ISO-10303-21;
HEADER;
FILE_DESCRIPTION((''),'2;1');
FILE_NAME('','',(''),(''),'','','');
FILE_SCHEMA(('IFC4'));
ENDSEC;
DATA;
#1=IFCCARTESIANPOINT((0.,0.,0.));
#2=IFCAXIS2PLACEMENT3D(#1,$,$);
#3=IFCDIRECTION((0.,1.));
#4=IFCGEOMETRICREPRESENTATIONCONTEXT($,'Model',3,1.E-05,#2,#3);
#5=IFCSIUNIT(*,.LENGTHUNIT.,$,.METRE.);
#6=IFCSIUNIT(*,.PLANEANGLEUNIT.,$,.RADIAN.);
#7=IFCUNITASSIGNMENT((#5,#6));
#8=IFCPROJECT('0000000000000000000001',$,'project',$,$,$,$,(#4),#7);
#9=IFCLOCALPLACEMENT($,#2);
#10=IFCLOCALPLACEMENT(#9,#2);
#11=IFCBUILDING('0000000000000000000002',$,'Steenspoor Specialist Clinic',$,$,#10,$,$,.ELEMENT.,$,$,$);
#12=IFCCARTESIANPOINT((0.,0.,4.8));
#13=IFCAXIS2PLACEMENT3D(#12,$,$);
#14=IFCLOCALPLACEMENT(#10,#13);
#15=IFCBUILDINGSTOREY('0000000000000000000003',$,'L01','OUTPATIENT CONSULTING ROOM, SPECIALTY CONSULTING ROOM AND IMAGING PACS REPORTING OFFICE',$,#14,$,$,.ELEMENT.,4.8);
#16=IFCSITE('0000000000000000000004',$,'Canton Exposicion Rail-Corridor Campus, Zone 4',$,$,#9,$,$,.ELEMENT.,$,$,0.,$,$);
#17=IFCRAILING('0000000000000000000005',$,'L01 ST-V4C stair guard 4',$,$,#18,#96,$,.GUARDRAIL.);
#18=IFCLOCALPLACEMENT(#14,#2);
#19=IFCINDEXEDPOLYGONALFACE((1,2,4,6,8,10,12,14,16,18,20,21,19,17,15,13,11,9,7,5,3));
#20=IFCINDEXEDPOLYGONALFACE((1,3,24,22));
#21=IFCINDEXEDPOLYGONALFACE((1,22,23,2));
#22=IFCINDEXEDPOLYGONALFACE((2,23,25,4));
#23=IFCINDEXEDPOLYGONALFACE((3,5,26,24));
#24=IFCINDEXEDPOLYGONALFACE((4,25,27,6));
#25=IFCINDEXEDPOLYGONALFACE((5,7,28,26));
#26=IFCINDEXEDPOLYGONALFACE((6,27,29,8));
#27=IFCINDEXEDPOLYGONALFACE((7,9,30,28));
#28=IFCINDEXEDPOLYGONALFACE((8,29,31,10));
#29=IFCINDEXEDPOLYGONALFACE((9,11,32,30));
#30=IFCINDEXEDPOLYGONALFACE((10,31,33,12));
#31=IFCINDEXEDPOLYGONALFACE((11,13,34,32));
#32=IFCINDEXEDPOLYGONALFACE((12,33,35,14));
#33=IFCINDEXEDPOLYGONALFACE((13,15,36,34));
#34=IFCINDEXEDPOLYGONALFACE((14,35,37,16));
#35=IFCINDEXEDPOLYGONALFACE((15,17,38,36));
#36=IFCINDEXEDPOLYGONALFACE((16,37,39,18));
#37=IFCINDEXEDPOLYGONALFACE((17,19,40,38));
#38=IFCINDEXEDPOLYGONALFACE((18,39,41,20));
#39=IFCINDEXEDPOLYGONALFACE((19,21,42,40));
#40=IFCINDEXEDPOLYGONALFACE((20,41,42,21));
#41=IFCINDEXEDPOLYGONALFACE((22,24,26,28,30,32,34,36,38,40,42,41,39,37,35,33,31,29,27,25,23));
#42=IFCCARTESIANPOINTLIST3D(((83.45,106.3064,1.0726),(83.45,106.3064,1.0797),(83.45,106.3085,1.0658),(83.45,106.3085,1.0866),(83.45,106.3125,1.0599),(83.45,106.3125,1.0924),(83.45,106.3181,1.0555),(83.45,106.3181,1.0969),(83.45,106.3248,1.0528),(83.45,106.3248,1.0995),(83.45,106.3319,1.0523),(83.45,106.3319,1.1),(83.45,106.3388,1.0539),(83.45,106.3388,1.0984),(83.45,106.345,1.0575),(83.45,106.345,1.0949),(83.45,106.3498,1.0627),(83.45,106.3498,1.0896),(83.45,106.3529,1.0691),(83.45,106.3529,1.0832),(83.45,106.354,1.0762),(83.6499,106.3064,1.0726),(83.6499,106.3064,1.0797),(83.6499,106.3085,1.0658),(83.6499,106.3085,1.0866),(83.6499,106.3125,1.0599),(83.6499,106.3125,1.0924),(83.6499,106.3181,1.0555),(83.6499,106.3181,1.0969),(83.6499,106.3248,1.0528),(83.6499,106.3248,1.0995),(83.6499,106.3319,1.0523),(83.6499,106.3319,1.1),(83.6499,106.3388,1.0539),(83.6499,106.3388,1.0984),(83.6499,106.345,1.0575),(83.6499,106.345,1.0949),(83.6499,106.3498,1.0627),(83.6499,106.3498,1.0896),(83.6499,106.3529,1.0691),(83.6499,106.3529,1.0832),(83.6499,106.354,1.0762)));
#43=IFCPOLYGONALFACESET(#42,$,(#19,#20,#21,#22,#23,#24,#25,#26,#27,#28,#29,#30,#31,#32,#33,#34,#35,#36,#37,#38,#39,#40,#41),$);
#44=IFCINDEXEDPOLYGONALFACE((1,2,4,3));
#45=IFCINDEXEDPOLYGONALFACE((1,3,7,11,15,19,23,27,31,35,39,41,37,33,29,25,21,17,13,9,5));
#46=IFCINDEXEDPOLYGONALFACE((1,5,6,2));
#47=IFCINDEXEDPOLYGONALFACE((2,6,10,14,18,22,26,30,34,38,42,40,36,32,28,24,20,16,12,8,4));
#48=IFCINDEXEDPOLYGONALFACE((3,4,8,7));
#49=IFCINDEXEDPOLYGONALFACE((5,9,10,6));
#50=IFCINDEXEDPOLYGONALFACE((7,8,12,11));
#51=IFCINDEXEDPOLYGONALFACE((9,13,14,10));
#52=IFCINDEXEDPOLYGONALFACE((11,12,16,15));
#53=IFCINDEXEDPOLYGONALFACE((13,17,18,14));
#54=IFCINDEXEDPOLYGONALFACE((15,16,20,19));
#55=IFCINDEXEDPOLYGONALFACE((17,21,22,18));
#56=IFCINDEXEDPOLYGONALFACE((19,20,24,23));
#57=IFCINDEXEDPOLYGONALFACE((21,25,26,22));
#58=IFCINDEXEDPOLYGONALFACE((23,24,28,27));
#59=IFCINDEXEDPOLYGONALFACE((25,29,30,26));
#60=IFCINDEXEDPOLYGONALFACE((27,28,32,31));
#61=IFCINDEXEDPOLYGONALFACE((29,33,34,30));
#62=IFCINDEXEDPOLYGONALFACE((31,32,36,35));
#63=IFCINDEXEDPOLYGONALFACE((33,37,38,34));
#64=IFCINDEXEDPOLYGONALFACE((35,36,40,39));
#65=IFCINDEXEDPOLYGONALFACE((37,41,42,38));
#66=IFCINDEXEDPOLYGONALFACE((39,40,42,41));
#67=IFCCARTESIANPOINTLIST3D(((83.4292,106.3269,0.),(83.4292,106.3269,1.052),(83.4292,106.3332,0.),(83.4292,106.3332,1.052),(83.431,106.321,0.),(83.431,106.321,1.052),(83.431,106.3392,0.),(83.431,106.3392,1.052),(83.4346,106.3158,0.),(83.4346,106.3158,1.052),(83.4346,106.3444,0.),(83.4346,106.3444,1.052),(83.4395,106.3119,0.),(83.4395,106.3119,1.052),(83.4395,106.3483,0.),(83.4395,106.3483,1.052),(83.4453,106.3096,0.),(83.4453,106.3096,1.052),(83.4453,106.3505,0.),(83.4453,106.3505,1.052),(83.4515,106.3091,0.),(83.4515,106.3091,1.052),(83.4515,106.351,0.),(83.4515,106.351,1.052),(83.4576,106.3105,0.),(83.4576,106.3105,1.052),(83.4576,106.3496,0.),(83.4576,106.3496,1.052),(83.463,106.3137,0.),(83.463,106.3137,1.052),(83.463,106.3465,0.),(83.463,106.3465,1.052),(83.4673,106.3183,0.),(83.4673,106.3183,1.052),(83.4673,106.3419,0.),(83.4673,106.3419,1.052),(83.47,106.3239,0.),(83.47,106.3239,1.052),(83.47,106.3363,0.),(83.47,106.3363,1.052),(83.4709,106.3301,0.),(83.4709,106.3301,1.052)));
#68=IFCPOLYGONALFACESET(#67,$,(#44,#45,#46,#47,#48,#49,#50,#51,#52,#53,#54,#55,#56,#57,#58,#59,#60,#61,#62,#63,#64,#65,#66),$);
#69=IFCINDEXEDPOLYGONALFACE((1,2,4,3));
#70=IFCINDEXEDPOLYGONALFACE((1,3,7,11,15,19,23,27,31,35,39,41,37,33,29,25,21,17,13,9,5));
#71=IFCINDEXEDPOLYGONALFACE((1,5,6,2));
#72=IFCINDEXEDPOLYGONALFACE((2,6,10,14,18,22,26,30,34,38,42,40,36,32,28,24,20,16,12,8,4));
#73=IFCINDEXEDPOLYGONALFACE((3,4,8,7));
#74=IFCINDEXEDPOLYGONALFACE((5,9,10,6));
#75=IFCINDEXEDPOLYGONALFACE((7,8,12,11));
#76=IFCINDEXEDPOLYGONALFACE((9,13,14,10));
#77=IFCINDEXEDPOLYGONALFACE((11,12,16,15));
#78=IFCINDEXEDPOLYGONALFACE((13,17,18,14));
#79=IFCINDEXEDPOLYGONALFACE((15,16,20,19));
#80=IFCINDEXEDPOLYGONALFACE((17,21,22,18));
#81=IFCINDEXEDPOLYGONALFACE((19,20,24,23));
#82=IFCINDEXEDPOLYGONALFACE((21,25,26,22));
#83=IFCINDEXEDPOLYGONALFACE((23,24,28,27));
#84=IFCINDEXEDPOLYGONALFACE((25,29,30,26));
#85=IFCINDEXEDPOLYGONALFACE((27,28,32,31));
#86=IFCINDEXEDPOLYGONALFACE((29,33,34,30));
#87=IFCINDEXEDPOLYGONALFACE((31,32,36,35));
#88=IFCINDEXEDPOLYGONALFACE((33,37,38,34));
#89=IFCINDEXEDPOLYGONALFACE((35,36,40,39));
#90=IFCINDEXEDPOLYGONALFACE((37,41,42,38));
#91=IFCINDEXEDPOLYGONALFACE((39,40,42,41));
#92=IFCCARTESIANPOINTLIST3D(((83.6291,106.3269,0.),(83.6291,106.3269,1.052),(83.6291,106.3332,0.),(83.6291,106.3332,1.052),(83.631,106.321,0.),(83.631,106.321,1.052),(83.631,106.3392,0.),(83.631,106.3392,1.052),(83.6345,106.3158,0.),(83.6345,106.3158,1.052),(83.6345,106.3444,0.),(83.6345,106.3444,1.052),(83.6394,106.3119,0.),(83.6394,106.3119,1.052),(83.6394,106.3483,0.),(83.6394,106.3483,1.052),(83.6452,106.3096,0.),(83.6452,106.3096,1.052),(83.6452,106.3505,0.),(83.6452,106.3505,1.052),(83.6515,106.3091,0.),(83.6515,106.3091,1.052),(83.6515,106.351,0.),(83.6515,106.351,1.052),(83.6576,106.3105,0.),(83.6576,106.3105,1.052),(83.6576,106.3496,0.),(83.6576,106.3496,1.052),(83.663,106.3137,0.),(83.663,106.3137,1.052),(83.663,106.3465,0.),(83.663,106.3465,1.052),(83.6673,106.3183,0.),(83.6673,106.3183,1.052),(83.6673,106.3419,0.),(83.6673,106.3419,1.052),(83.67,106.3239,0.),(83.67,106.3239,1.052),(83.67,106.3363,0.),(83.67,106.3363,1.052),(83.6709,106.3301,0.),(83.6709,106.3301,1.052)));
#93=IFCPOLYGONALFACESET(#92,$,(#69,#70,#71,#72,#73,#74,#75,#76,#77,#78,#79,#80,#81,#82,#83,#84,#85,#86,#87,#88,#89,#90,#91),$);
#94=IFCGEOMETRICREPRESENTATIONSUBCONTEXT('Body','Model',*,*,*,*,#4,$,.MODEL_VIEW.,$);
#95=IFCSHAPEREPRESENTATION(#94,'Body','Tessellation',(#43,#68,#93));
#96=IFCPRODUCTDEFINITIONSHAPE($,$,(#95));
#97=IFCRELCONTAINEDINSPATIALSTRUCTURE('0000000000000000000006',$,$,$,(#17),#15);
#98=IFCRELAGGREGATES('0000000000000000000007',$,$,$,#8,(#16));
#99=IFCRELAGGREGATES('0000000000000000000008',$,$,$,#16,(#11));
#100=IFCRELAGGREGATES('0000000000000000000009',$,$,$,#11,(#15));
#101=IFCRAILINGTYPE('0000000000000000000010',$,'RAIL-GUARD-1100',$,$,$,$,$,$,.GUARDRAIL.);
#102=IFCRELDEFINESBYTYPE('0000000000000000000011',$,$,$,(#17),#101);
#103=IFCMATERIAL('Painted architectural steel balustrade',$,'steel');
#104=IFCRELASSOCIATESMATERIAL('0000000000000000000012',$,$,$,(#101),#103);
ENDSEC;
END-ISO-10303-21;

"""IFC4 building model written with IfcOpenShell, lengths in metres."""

from ifc_helpers import new_model, si_unit, direction, frame, origin, origin_2d, place, context, subcontext, project, spatial, circle, extrude, material, type_object, element, save


model = new_model("IFC4")

# Units and contexts
model_context = context("Model", 3, precision=1e-05, world=origin(), true_north=direction((0.0, 1.0)))
body_context = subcontext(model_context, "Body", "Model", "MODEL_VIEW")
ifc_project = project(units=[si_unit("LENGTHUNIT", "METRE"), si_unit("PLANEANGLEUNIT", "RADIAN")], contexts=[model_context])

# Site, building, storey
site_placement = place(None, origin())
site = spatial("IfcSite", under=ifc_project, at=site_placement, Name="Canton Exposicion Rail-Corridor Campus, Zone 4", CompositionType="ELEMENT", RefElevation=0.0)
building_placement = place(site_placement, origin())
building = spatial("IfcBuilding", under=site, at=building_placement, Name="Steenspoor Specialist Clinic", CompositionType="ELEMENT")
storey_placement = place(building_placement, frame((0.0, 0.0, 4.8)))
storey = spatial("IfcBuildingStorey", under=building, at=storey_placement, Name="L01", Description="OUTPATIENT CONSULTING ROOM, SPECIALTY CONSULTING ROOM AND IMAGING PACS REPORTING OFFICE", CompositionType="ELEMENT", Elevation=4.8)

# Railing
ifc_material_1 = material(Name="Painted architectural steel balustrade", Category="steel")
railing_type_1 = type_object("IfcRailingType", Name="RAIL-GUARD-1100", PredefinedType="GUARDRAIL", material=ifc_material_1)
railing_1_placement = place(storey_placement, frame((83.45, 106.3301, 0.0)))
element("IfcRailing", 1, at=railing_1_placement, inside=storey, type_object=railing_type_1, Name="L01 ST-V4C stair guard 4", PredefinedType="GUARDRAIL", context=body_context, shape_type="SweptSolid", body=[
    extrude(circle(Radius=0.0239, at=origin_2d()), frame((0.0, 0.0, 1.0762), z_axis=(1.0, 0.0, 0.0), x_axis=(0.0, 1.0, 0.0)), (0.0, 0.0, 1.0), 0.2),
    extrude(circle(Radius=0.021, at=origin_2d()), origin(), (0.0, 0.0, 1.0), 1.052),
    extrude(circle(Radius=0.021, at=origin_2d()), frame((0.2, 0.0, 0.0)), (0.0, 0.0, 1.0), 1.052),
])

save(model, "model.ifc")
